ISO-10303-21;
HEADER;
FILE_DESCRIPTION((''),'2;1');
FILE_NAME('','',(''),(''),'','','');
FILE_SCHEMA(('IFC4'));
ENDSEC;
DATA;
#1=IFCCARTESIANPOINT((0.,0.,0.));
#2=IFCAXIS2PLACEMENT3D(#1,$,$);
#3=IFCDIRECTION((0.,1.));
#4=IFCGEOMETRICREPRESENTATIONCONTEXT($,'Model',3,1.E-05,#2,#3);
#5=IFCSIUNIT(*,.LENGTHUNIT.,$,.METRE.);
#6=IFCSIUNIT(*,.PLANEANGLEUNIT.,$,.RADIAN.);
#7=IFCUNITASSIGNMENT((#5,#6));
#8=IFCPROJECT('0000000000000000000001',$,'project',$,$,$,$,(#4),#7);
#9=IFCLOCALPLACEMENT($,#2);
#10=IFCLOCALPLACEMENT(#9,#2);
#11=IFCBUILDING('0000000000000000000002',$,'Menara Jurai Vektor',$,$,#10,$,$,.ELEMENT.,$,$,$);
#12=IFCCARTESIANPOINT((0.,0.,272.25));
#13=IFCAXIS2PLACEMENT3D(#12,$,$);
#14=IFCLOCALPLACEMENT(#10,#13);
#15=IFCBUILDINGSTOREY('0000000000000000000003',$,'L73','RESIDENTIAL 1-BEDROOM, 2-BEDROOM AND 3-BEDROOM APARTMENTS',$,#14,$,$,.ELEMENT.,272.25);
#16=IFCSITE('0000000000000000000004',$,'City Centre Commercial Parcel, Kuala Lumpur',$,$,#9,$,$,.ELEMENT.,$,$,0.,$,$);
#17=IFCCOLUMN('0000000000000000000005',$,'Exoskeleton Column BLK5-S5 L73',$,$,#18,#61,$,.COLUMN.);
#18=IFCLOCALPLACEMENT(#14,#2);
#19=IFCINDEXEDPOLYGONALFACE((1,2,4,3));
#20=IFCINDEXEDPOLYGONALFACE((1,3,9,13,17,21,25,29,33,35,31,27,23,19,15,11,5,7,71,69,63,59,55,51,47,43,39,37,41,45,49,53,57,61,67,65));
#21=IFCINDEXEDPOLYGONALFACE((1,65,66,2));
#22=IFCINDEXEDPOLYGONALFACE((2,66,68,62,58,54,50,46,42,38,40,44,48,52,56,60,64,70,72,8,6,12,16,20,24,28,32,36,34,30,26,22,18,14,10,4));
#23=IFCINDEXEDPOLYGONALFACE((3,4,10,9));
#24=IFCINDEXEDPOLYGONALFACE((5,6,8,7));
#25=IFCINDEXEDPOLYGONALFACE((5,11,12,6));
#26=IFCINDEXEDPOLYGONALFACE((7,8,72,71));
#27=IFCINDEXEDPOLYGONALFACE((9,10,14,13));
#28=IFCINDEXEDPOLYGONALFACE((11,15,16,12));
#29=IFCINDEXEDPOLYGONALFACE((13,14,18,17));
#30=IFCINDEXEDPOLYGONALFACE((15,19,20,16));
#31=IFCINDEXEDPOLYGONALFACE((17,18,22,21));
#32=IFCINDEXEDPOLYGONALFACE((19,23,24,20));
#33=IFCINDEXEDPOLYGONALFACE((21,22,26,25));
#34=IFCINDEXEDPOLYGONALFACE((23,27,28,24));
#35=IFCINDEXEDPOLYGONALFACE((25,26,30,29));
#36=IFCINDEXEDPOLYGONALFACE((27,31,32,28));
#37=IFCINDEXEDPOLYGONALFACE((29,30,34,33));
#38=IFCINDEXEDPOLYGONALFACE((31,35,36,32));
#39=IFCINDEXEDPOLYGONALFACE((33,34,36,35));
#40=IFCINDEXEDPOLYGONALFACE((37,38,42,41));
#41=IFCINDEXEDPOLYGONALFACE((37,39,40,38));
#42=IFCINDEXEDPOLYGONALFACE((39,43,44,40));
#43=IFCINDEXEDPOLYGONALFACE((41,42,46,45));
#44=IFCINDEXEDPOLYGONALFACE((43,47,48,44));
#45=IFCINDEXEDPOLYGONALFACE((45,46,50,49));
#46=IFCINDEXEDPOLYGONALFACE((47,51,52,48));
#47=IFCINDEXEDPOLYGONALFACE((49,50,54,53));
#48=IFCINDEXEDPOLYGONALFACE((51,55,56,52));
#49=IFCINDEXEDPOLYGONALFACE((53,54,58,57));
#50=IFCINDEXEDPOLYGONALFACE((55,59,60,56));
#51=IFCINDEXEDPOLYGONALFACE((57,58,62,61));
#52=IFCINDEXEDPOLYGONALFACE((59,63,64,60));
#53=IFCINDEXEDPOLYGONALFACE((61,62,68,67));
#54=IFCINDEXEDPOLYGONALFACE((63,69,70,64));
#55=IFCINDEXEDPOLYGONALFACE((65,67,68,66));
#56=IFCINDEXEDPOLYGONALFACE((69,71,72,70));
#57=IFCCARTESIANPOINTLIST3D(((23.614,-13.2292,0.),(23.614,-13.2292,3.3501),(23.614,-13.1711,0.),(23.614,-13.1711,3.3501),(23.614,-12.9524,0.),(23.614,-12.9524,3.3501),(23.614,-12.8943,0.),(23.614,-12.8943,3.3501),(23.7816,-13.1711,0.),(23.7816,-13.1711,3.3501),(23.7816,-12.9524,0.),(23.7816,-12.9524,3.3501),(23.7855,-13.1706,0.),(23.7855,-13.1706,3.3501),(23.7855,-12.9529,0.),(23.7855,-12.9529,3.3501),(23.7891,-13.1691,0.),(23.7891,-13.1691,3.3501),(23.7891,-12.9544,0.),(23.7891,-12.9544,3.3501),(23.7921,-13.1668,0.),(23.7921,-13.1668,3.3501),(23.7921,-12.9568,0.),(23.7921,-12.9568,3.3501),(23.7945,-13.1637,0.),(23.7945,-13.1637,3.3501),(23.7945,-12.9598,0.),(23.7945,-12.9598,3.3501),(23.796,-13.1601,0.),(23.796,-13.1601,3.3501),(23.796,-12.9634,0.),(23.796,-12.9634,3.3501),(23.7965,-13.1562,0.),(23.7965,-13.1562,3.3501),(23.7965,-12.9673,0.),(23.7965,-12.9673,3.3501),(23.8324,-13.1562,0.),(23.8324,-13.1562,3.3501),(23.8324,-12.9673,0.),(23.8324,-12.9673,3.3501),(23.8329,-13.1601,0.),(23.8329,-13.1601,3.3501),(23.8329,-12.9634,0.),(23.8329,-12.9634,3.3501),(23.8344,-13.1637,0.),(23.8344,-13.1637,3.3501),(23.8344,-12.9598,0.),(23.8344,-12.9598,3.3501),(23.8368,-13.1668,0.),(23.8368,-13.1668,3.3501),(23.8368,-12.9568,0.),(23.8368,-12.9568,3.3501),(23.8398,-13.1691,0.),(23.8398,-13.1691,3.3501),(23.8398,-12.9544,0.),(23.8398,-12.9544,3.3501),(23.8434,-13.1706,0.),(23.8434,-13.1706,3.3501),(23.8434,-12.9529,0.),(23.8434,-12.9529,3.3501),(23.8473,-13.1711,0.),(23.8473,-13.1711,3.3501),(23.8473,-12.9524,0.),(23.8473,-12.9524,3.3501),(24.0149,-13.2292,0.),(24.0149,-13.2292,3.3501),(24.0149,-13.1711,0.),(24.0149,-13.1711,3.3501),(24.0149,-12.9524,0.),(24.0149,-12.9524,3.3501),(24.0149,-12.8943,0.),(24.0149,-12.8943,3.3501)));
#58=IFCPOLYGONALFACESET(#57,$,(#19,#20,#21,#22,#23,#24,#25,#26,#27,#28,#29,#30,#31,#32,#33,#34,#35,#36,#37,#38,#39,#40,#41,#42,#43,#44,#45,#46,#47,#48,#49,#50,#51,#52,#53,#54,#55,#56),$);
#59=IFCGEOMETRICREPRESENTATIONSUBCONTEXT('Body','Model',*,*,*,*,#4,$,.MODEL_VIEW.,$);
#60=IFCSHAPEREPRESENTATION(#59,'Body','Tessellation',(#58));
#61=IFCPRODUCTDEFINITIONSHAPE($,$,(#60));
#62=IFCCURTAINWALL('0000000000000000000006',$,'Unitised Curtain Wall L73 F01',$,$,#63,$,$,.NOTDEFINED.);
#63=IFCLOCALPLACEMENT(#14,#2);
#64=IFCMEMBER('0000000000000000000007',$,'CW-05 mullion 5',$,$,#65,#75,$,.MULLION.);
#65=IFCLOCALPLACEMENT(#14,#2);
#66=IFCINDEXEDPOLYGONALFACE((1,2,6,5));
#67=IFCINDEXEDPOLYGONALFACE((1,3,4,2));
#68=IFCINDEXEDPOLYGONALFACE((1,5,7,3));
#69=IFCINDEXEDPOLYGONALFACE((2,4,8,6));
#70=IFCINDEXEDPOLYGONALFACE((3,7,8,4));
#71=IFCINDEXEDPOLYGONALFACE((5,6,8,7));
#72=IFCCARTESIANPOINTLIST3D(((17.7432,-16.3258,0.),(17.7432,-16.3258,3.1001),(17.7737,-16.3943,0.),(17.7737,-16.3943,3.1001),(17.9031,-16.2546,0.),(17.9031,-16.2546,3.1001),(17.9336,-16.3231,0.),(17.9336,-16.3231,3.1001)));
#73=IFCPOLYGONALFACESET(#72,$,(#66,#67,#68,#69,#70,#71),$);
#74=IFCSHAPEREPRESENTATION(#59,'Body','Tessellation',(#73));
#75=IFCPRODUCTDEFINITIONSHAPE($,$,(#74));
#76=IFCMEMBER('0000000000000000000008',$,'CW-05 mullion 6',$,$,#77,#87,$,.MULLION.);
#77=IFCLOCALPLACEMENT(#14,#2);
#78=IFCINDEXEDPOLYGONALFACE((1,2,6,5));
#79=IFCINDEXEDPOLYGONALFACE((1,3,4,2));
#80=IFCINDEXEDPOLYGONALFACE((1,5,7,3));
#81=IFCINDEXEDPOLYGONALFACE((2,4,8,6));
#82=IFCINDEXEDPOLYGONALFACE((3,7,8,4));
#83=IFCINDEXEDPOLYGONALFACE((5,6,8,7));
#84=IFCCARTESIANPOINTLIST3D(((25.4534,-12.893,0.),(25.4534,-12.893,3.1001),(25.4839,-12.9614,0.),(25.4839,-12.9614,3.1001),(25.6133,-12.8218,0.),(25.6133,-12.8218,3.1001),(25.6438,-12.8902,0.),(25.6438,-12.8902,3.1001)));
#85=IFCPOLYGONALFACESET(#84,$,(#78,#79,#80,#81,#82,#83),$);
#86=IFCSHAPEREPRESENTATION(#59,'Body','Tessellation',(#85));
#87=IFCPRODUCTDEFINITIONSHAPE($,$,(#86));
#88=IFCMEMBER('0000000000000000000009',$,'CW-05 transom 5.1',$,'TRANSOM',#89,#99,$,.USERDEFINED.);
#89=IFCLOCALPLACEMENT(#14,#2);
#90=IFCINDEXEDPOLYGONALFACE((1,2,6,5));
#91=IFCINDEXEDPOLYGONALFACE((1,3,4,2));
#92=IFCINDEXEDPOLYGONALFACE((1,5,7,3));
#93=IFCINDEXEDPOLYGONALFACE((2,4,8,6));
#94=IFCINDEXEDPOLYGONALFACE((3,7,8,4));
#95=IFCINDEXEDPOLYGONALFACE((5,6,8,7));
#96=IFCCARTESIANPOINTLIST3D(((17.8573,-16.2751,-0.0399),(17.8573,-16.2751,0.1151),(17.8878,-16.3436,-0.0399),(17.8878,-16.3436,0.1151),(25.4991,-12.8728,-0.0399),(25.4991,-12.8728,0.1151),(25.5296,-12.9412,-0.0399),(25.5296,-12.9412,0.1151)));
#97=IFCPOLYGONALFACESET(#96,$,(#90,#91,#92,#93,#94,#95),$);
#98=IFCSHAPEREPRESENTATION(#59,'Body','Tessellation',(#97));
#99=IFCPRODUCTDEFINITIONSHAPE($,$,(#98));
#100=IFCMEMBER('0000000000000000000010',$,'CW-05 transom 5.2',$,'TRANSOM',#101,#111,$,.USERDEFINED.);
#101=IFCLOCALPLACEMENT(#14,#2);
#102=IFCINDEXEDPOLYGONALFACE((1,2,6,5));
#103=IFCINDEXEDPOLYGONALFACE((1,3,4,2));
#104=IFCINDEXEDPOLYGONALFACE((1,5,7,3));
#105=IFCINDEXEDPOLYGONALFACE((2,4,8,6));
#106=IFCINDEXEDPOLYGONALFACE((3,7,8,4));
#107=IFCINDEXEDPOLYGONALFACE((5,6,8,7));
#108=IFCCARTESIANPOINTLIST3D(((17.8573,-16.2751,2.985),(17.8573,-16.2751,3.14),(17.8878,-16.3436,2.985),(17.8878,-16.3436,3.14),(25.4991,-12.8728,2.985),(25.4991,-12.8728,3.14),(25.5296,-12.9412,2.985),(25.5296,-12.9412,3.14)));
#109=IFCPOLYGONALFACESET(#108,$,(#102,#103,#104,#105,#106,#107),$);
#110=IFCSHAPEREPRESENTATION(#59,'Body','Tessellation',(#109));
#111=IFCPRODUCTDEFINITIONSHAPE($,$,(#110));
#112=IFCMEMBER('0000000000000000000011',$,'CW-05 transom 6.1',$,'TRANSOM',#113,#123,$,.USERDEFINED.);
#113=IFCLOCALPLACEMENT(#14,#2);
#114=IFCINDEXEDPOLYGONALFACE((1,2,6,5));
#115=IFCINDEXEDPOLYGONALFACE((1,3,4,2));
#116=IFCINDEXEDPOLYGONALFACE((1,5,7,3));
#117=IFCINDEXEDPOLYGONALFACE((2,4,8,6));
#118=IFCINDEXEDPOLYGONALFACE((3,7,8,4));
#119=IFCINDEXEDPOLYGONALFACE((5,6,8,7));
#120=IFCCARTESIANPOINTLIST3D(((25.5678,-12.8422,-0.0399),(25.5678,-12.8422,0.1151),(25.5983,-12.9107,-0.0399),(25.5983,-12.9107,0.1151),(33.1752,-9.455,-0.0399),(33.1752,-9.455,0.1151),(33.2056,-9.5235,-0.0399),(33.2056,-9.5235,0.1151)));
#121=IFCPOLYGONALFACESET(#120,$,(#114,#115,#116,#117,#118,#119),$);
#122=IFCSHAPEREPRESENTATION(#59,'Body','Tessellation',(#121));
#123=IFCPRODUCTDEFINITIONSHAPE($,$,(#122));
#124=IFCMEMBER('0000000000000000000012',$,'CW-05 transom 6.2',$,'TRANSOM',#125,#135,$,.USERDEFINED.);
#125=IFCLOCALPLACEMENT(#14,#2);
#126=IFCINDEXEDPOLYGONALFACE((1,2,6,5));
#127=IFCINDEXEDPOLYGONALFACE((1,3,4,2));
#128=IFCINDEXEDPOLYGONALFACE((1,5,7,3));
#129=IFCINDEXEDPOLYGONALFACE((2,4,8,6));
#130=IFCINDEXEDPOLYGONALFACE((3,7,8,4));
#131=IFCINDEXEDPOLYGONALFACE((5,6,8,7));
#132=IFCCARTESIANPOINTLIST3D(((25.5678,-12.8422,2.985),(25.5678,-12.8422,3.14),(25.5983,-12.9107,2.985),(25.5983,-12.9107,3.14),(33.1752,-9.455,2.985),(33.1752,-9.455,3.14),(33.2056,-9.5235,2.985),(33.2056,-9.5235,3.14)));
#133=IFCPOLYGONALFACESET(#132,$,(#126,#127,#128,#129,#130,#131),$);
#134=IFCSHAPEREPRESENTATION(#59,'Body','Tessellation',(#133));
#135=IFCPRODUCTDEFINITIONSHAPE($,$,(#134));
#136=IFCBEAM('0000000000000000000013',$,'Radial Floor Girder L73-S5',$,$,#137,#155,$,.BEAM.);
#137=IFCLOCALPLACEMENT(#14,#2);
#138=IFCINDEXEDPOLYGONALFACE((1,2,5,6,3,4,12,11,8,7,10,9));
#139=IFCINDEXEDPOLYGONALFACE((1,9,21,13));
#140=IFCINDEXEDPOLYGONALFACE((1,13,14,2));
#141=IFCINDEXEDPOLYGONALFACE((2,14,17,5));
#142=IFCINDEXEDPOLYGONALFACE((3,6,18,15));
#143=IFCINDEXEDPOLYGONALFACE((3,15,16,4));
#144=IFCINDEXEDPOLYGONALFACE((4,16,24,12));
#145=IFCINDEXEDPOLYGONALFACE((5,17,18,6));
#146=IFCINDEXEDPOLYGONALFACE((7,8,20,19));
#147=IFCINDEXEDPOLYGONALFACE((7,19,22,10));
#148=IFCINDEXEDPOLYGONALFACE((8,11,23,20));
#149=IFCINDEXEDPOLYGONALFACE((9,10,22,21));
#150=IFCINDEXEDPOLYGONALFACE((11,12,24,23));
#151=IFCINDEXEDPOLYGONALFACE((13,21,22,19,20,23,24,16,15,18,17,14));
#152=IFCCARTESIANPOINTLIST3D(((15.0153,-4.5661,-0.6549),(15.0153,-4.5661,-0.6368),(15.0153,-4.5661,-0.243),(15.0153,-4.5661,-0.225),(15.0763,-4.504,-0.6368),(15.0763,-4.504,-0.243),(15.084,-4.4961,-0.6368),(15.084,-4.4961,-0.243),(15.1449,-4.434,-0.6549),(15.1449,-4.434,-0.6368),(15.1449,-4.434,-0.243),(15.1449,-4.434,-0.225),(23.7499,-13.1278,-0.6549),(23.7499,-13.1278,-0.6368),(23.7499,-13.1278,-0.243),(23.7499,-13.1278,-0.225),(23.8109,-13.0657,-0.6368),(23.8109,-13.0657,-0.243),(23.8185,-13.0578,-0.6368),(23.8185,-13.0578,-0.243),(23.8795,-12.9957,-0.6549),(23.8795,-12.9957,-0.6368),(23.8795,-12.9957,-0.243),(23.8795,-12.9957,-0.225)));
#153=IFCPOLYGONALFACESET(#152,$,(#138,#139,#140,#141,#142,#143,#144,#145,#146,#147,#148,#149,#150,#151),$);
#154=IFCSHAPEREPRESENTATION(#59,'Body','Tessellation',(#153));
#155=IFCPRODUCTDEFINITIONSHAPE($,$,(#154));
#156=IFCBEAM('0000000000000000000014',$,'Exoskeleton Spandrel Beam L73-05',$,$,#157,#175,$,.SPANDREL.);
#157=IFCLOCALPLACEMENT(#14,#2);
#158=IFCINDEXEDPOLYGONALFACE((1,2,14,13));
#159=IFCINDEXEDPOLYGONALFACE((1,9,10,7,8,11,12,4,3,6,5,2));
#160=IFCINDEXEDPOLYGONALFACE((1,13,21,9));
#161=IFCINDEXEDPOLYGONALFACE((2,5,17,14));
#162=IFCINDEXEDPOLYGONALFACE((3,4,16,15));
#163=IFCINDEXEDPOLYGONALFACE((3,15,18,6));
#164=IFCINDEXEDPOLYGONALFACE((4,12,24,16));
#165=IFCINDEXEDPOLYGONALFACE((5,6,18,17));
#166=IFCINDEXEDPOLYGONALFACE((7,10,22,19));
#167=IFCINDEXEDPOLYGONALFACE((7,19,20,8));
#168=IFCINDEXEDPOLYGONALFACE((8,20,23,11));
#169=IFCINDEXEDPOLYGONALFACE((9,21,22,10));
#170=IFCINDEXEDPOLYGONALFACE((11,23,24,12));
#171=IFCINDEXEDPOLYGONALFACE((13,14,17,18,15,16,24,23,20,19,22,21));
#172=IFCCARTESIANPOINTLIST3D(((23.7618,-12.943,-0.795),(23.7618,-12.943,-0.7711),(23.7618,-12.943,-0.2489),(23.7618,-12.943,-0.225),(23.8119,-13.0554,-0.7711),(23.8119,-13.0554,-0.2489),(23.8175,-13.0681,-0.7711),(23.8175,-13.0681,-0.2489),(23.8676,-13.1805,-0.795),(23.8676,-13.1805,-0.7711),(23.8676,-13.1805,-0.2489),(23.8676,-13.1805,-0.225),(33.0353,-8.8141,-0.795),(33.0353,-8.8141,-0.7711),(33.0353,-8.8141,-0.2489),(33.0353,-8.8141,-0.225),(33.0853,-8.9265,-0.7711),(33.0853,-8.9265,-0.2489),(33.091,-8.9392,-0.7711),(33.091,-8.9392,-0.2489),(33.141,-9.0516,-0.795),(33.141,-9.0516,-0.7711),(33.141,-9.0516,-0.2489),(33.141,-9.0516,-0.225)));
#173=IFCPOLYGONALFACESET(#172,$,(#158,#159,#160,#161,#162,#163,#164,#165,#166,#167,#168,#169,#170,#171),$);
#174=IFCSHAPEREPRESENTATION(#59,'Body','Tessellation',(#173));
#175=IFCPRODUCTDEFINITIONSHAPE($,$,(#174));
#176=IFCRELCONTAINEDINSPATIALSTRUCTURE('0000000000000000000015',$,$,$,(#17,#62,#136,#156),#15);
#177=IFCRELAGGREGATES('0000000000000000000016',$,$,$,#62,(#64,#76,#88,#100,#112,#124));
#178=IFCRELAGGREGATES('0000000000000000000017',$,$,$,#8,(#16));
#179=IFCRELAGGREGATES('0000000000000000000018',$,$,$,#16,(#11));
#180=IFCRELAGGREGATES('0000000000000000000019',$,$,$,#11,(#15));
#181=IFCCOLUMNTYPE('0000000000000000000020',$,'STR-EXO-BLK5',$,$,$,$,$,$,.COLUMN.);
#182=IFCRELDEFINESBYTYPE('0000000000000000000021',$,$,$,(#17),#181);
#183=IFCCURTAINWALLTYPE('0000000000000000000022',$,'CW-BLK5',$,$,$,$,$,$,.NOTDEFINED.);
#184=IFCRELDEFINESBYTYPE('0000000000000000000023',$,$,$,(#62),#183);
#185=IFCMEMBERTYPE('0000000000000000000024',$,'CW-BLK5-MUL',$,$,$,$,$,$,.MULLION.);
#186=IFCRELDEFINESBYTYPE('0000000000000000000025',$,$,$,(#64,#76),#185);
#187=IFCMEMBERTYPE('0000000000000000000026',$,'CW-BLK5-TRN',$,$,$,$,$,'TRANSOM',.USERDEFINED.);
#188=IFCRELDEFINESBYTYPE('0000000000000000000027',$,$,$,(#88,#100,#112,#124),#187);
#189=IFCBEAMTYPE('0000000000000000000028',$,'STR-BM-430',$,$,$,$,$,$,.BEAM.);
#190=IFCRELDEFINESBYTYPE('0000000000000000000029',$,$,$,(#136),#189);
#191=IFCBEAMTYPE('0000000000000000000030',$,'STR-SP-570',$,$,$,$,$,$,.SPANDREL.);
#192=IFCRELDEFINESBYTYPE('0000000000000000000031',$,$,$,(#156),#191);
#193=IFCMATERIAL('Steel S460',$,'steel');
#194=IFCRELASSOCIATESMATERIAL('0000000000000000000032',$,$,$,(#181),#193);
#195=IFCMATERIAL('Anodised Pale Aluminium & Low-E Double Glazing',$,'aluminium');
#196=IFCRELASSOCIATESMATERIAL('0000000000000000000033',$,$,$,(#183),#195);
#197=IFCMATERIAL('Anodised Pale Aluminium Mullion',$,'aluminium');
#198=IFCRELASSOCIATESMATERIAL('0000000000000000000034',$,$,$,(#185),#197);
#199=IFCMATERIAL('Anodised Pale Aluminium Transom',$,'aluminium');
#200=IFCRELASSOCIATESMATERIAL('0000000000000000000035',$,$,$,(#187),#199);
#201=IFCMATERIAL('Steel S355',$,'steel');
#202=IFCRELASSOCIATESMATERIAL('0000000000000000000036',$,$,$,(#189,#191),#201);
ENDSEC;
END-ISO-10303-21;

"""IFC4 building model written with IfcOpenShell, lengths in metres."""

from ifc_helpers import new_model, si_unit, direction, frame, origin, origin_2d, place, context, subcontext, project, spatial, rectangle, i_section, extrude, material, material_profile, profile_set, type_object, element, aggregate, save


model = new_model("IFC4")

# Units and contexts
model_context = context("Model", 3, precision=1e-05, world=origin(), true_north=direction((0.0, 1.0)))
body_context = subcontext(model_context, "Body", "Model", "MODEL_VIEW")
ifc_project = project(units=[si_unit("LENGTHUNIT", "METRE"), si_unit("PLANEANGLEUNIT", "RADIAN")], contexts=[model_context])

# Site, building, storey
site_placement = place(None, origin())
site = spatial("IfcSite", under=ifc_project, at=site_placement, Name="City Centre Commercial Parcel, Kuala Lumpur", CompositionType="ELEMENT", RefElevation=0.0)
building_placement = place(site_placement, origin())
building = spatial("IfcBuilding", under=site, at=building_placement, Name="Menara Jurai Vektor", CompositionType="ELEMENT")
storey_placement = place(building_placement, frame((0.0, 0.0, 272.25)))
storey = spatial("IfcBuildingStorey", under=building, at=storey_placement, Name="L73", Description="RESIDENTIAL 1-BEDROOM, 2-BEDROOM AND 3-BEDROOM APARTMENTS", CompositionType="ELEMENT", Elevation=272.25)

# Column
ifc_material_1 = material(Name="Steel S460", Category="steel")
ifc_material_profile_1 = material_profile(ifc_material_1, i_section(OverallWidth=0.4009, OverallDepth=0.335, WebThickness=0.0359, FlangeThickness=0.0581, FilletRadius=0.0149, at=origin_2d()), Name="HD 400x463")
ifc_profile_set_1 = profile_set([ifc_material_profile_1], Name="Steel S460")
column_type = type_object("IfcColumnType", Name="STR-EXO-BLK5", PredefinedType="COLUMN", material=ifc_profile_set_1)
column_placement = place(storey_placement, frame((23.8145, -13.0618, 0.0), z_axis=(0.0, 0.0, 1.0), x_axis=(1.0, 0.0, 0.0)))
element("IfcColumn", 1, at=column_placement, inside=storey, type_object=column_type, Name="Exoskeleton Column BLK5-S5 L73", PredefinedType="COLUMN", context=body_context, shape_type="SweptSolid", body=[
    extrude(i_section(OverallWidth=0.4009, OverallDepth=0.335, WebThickness=0.0359, FlangeThickness=0.0581, FilletRadius=0.0149, at=origin_2d()), origin(), (0.0, 0.0, 1.0), 3.3501),
])

# Curtain wall, members
ifc_material_2 = material(Name="Anodised Pale Aluminium & Low-E Double Glazing", Category="aluminium")
curtain_wall_type = type_object("IfcCurtainWallType", Name="CW-BLK5", PredefinedType="NOTDEFINED", material=ifc_material_2)
curtain_wall_placement = place(storey_placement, origin())
curtain_wall = element("IfcCurtainWall", 2, at=curtain_wall_placement, inside=storey, type_object=curtain_wall_type, Name="Unitised Curtain Wall L73 F01", PredefinedType="NOTDEFINED")
ifc_material_3 = material(Name="Anodised Pale Aluminium Mullion", Category="aluminium")
ifc_material_profile_2 = material_profile(ifc_material_3, rectangle(XDim=0.075, YDim=0.175, at=origin_2d()), Name="ALU MUL 75x175")
ifc_profile_set_2 = profile_set([ifc_material_profile_2], Name="Anodised Pale Aluminium Mullion")
member_type_1 = type_object("IfcMemberType", Name="CW-BLK5-MUL", PredefinedType="MULLION", material=ifc_profile_set_2)
member_1_placement = place(storey_placement, frame((17.8384, -16.3245, 0.0), z_axis=(0.0, 0.0, 1.0), x_axis=(-0.406735, 0.913546, 0.0)))
member_1 = element("IfcMember", 3, at=member_1_placement, type_object=member_type_1, Name="CW-05 mullion 5", PredefinedType="MULLION", context=body_context, shape_type="SweptSolid", body=[
    extrude(rectangle(XDim=0.075, YDim=0.175, at=origin_2d()), origin(), (0.0, 0.0, 1.0), 3.1001),
])
member_2_placement = place(storey_placement, frame((25.5486, -12.8916, 0.0), z_axis=(0.0, 0.0, 1.0), x_axis=(-0.406735, 0.913546, 0.0)))
member_2 = element("IfcMember", 4, at=member_2_placement, type_object=member_type_1, Name="CW-05 mullion 6", PredefinedType="MULLION", context=body_context, shape_type="SweptSolid", body=[
    extrude(rectangle(XDim=0.075, YDim=0.175, at=origin_2d()), origin(), (0.0, 0.0, 1.0), 3.1001),
])
ifc_material_4 = material(Name="Anodised Pale Aluminium Transom", Category="aluminium")
ifc_material_profile_3 = material_profile(ifc_material_4, rectangle(XDim=0.075, YDim=0.155, at=origin_2d()), Name="ALU TRN 75x155")
ifc_profile_set_3 = profile_set([ifc_material_profile_3], Name="Anodised Pale Aluminium Transom")
member_type_2 = type_object("IfcMemberType", Name="CW-BLK5-TRN", ElementType="TRANSOM", PredefinedType="USERDEFINED", material=ifc_profile_set_3)
member_3_placement = place(storey_placement, frame((17.8726, -16.3093, 0.0376), z_axis=(0.913547, 0.406734, 0.0), x_axis=(-0.406734, 0.913547, 0.0)))
member_3 = element("IfcMember", 5, at=member_3_placement, type_object=member_type_2, Name="CW-05 transom 5.1", ObjectType="TRANSOM", PredefinedType="USERDEFINED", context=body_context, shape_type="SweptSolid", body=[
    extrude(rectangle(XDim=0.075, YDim=0.155, at=origin_2d()), origin(), (0.0, 0.0, 1.0), 8.365),
])
member_4_placement = place(storey_placement, frame((17.8726, -16.3093, 3.0625), z_axis=(0.913547, 0.406734, 0.0), x_axis=(-0.406734, 0.913547, 0.0)))
member_4 = element("IfcMember", 6, at=member_4_placement, type_object=member_type_2, Name="CW-05 transom 5.2", ObjectType="TRANSOM", PredefinedType="USERDEFINED", context=body_context, shape_type="SweptSolid", body=[
    extrude(rectangle(XDim=0.075, YDim=0.155, at=origin_2d()), origin(), (0.0, 0.0, 1.0), 8.365),
])
member_5_placement = place(storey_placement, frame((25.583, -12.8765, 0.0376), z_axis=(0.913538, 0.406753, 0.0), x_axis=(-0.406753, 0.913538, 0.0)))
member_5 = element("IfcMember", 7, at=member_5_placement, type_object=member_type_2, Name="CW-05 transom 6.1", ObjectType="TRANSOM", PredefinedType="USERDEFINED", context=body_context, shape_type="SweptSolid", body=[
    extrude(rectangle(XDim=0.075, YDim=0.155, at=origin_2d()), origin(), (0.0, 0.0, 1.0), 8.3274),
])
member_6_placement = place(storey_placement, frame((25.583, -12.8765, 3.0625), z_axis=(0.913538, 0.406753, 0.0), x_axis=(-0.406753, 0.913538, 0.0)))
member_6 = element("IfcMember", 8, at=member_6_placement, type_object=member_type_2, Name="CW-05 transom 6.2", ObjectType="TRANSOM", PredefinedType="USERDEFINED", context=body_context, shape_type="SweptSolid", body=[
    extrude(rectangle(XDim=0.075, YDim=0.155, at=origin_2d()), origin(), (0.0, 0.0, 1.0), 8.3274),
])

# Beams
ifc_material_5 = material(Name="Steel S355", Category="steel")
ifc_material_profile_4 = material_profile(ifc_material_5, i_section(OverallWidth=0.1851, OverallDepth=0.4299, WebThickness=0.011, FlangeThickness=0.0181, at=origin_2d()), Name="PG 430x185x76")
ifc_profile_set_4 = profile_set([ifc_material_profile_4], Name="Steel S355")
beam_type_1 = type_object("IfcBeamType", Name="STR-BM-430", PredefinedType="BEAM", material=ifc_profile_set_4)
beam_1_placement = place(storey_placement, frame((23.8147, -13.0618, -0.4399), z_axis=(-0.714138, 0.700005, 0.0), x_axis=(-0.700005, -0.714138, 0.0)))
element("IfcBeam", 9, at=beam_1_placement, inside=storey, type_object=beam_type_1, Name="Radial Floor Girder L73-S5", PredefinedType="BEAM", context=body_context, shape_type="SweptSolid", body=[
    extrude(i_section(OverallWidth=0.1851, OverallDepth=0.4299, WebThickness=0.011, FlangeThickness=0.0181, at=origin_2d()), origin(), (0.0, 0.0, 1.0), 12.231),
])
ifc_material_profile_5 = material_profile(ifc_material_5, i_section(OverallWidth=0.26, OverallDepth=0.5701, WebThickness=0.0139, FlangeThickness=0.0239, at=origin_2d()), Name="PG 570x260x145")
ifc_profile_set_5 = profile_set([ifc_material_profile_5], Name="Steel S355")
beam_type_2 = type_object("IfcBeamType", Name="STR-SP-570", PredefinedType="SPANDREL", material=ifc_profile_set_5)
beam_2_placement = place(storey_placement, frame((23.8147, -13.0618, -0.51), z_axis=(0.913542, 0.406745, 0.0), x_axis=(-0.406745, 0.913542, 0.0)))
element("IfcBeam", 10, at=beam_2_placement, inside=storey, type_object=beam_type_2, Name="Exoskeleton Spandrel Beam L73-05", PredefinedType="SPANDREL", context=body_context, shape_type="SweptSolid", body=[
    extrude(i_section(OverallWidth=0.26, OverallDepth=0.5701, WebThickness=0.0139, FlangeThickness=0.0239, at=origin_2d()), origin(), (0.0, 0.0, 1.0), 10.1511),
])

aggregate(curtain_wall, [member_1, member_2, member_3, member_4, member_5, member_6])

save(model, "model.ifc")
